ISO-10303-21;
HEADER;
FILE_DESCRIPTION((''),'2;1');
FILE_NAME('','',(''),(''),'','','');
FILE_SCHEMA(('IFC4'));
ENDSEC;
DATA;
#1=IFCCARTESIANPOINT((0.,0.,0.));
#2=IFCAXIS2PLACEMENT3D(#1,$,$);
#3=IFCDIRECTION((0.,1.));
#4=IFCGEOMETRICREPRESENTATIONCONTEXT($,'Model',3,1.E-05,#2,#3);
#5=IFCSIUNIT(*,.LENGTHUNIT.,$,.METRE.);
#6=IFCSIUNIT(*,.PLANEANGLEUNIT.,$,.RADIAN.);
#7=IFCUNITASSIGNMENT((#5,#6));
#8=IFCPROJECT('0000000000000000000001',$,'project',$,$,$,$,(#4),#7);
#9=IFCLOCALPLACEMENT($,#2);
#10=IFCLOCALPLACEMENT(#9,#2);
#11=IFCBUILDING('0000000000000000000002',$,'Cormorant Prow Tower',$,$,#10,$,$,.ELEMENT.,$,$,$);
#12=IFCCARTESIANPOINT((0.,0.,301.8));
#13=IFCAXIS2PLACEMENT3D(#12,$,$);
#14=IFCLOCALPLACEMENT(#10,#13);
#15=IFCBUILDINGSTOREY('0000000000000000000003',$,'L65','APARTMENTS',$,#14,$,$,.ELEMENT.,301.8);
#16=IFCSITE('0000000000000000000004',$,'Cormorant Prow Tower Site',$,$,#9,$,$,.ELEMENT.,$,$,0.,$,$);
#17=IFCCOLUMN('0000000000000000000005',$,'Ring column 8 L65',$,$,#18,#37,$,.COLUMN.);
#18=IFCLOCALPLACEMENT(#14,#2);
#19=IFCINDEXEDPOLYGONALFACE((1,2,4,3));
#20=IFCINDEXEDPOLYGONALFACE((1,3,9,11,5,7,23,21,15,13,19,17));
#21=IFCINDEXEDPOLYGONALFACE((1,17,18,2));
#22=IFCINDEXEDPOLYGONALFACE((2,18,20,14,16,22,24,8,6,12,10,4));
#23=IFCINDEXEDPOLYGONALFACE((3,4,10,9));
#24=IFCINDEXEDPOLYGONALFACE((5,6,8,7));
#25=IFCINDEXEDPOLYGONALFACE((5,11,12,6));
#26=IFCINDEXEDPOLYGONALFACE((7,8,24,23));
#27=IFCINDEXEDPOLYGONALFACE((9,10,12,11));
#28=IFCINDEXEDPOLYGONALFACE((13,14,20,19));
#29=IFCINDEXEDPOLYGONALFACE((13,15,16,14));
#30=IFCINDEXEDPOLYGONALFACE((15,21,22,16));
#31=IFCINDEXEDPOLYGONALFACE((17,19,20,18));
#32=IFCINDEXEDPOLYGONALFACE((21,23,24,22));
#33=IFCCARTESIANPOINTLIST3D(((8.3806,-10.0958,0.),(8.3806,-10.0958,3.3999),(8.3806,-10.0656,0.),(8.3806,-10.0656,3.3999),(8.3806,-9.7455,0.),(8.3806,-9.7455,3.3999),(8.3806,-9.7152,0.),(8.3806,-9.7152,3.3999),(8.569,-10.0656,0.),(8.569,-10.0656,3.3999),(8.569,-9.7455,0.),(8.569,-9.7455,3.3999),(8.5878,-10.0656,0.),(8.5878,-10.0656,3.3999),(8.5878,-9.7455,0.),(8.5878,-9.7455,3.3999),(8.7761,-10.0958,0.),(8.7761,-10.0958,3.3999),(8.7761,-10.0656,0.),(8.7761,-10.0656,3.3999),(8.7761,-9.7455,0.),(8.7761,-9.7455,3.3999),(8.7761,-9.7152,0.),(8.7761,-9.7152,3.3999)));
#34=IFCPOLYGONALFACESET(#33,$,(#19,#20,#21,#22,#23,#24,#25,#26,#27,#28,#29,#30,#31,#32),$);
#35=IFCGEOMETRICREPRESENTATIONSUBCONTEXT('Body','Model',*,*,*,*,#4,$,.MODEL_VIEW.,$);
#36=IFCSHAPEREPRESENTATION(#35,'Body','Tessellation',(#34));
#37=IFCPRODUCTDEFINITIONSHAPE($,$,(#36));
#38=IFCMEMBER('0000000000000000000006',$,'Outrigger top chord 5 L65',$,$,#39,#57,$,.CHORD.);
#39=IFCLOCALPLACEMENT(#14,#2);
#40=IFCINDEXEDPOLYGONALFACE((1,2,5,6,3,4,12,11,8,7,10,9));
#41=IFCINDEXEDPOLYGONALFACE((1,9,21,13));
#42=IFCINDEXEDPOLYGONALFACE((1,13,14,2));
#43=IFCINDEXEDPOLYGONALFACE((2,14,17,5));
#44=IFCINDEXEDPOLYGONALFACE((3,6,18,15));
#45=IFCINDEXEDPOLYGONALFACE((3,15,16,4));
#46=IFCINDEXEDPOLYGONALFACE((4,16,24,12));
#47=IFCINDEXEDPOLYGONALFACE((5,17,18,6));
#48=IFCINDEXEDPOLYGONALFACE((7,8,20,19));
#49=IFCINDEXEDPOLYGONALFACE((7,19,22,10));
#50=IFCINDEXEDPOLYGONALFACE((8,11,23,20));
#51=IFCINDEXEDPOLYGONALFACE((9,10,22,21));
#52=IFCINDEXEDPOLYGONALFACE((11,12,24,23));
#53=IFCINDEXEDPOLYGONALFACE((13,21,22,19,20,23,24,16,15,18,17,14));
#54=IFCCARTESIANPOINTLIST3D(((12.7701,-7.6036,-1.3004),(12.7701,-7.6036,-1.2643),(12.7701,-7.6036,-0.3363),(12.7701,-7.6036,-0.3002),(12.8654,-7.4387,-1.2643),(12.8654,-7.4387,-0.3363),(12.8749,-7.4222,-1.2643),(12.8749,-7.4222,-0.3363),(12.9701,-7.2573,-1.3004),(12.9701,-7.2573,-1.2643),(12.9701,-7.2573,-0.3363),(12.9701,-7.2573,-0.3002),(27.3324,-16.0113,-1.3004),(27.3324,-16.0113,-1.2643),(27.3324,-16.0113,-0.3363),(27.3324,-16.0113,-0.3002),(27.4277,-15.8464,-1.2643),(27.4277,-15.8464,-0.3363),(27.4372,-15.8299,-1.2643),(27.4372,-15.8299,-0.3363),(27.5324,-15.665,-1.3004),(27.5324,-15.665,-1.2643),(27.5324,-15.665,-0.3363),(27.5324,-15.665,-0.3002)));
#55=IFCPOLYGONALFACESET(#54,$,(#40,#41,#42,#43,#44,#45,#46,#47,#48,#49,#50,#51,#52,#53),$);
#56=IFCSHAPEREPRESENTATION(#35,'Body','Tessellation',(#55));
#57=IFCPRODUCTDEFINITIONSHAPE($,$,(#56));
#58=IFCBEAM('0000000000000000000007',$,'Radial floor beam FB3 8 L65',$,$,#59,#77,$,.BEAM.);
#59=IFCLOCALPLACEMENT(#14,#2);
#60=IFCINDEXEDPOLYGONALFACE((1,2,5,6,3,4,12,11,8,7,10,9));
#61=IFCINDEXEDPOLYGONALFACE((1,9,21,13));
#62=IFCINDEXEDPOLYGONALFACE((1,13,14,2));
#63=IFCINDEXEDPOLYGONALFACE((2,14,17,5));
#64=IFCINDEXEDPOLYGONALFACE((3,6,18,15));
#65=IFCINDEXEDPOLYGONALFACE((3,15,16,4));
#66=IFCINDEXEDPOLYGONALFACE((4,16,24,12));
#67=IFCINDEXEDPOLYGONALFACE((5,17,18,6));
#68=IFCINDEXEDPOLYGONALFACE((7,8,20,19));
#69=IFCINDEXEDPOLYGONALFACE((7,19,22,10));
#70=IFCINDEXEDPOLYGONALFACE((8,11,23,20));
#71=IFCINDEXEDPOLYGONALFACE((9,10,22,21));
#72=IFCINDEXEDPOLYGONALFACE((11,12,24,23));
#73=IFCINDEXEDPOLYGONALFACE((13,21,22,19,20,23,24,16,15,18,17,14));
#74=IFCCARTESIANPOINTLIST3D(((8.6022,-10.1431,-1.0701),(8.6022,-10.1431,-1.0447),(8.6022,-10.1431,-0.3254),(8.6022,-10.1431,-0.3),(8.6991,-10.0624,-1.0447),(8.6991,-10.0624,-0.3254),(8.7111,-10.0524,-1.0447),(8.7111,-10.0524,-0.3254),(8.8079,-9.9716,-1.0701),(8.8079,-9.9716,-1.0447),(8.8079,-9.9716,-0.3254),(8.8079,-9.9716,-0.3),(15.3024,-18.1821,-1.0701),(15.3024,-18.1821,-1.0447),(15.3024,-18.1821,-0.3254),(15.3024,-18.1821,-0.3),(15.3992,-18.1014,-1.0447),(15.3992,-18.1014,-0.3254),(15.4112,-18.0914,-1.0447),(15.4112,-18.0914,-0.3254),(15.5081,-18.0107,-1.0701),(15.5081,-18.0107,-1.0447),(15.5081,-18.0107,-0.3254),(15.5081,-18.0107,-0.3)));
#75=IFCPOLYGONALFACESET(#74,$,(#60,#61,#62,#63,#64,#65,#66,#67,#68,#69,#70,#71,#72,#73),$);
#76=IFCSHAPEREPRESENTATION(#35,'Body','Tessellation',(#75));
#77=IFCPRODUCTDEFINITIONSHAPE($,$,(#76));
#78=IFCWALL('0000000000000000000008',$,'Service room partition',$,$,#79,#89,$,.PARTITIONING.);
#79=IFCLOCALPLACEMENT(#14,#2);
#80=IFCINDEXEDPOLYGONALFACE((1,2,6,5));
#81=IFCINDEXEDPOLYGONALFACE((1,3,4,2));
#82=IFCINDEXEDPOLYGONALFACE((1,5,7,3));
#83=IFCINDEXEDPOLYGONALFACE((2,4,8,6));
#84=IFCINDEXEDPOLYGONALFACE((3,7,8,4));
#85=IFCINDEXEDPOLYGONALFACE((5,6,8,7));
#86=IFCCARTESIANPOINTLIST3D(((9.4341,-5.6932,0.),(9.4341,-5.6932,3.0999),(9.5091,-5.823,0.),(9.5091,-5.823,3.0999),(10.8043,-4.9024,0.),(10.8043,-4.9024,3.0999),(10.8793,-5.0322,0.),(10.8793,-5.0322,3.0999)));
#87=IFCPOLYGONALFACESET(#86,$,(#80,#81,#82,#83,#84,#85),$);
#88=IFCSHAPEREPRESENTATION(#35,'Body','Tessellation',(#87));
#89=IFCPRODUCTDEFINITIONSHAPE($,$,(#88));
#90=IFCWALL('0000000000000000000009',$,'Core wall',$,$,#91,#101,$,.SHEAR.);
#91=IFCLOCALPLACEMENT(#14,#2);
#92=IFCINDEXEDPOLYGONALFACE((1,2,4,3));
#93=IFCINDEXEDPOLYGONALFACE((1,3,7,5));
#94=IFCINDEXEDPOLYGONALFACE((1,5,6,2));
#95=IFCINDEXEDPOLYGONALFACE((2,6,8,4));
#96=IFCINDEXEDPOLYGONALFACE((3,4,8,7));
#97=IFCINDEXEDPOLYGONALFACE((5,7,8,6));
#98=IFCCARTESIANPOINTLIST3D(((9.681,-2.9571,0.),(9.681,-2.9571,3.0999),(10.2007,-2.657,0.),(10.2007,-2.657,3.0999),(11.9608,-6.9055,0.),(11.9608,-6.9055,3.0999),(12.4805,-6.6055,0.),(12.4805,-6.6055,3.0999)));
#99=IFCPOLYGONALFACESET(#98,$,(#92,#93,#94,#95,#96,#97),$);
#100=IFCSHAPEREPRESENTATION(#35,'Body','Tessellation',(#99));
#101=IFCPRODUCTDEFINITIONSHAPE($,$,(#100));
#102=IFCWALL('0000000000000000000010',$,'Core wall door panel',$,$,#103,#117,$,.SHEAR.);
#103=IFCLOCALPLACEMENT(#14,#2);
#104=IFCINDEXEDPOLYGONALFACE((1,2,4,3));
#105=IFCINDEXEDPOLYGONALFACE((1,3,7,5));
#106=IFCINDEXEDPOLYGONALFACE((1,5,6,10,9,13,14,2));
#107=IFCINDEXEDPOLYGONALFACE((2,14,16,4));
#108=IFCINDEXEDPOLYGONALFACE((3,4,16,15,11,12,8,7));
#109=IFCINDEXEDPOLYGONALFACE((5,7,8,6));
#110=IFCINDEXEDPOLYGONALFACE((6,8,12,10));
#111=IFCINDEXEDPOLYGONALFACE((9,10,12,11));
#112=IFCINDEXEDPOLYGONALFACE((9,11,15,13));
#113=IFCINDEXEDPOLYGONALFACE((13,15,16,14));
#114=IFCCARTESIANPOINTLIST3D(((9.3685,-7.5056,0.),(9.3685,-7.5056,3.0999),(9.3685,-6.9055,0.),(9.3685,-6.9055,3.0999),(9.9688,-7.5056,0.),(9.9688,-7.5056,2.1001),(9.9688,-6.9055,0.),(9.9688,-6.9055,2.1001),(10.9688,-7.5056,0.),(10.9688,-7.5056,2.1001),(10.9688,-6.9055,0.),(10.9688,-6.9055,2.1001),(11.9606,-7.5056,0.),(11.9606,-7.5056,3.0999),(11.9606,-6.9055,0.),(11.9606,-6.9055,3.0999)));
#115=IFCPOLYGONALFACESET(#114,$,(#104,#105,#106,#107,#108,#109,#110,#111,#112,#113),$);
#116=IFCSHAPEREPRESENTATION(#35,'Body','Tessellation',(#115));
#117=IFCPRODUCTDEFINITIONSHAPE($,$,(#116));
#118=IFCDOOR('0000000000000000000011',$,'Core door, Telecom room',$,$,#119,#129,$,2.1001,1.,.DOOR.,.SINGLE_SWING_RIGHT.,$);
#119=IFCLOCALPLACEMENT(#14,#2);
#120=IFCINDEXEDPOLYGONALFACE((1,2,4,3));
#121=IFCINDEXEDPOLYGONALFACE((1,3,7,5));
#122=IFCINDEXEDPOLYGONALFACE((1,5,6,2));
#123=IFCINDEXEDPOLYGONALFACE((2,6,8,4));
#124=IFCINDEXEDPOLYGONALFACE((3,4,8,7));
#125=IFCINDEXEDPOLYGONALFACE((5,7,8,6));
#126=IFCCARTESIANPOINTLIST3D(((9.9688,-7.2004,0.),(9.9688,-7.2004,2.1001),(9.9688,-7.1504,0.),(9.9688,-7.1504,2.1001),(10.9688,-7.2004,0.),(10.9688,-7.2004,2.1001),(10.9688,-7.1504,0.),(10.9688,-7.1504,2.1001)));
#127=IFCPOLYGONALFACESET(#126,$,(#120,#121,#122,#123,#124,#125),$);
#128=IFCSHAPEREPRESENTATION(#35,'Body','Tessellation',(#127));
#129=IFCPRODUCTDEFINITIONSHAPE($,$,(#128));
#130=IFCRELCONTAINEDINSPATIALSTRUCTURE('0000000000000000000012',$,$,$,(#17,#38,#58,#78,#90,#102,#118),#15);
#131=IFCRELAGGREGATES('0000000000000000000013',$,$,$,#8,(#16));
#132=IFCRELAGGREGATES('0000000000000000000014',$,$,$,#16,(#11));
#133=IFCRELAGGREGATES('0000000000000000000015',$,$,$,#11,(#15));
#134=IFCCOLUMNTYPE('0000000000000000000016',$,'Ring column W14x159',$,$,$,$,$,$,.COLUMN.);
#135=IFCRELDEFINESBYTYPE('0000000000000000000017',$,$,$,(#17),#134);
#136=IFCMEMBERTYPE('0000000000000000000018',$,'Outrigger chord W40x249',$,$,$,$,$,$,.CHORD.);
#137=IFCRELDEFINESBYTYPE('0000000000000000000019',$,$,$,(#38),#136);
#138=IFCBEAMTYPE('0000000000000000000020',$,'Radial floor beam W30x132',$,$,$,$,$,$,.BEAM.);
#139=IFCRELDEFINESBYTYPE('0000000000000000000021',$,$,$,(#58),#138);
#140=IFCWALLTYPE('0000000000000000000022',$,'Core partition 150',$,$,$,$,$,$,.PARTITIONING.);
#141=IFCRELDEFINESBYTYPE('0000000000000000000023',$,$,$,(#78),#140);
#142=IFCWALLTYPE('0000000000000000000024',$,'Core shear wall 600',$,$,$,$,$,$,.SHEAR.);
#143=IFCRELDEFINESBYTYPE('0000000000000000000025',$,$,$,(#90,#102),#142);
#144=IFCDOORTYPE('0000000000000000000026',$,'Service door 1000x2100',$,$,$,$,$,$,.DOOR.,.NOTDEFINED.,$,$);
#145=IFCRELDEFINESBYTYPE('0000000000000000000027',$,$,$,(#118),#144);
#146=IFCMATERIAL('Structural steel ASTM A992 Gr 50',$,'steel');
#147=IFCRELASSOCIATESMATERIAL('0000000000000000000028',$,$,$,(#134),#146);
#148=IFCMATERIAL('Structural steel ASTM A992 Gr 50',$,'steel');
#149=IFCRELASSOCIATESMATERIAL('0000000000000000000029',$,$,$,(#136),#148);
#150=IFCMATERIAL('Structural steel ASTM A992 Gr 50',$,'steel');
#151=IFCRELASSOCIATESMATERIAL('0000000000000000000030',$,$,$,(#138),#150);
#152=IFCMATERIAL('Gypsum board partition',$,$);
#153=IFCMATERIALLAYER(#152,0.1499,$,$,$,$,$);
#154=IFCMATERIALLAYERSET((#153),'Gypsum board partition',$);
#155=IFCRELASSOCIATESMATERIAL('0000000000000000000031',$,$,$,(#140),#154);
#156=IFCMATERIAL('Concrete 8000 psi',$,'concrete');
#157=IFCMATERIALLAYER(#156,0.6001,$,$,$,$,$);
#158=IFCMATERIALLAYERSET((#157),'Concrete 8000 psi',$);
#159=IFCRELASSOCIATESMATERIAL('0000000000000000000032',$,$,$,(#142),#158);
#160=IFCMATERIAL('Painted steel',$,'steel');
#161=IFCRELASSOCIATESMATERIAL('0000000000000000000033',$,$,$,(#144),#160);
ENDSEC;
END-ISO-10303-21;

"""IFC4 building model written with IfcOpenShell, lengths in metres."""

from ifc_helpers import new_model, si_unit, direction, frame, frame_2d, origin, origin_2d, place, context, subcontext, project, spatial, rectangle, i_section, extrude, material, layer, layer_set, material_profile, profile_set, type_object, element, fill, save


model = new_model("IFC4")

# Units and contexts
model_context = context("Model", 3, precision=1e-05, world=origin(), true_north=direction((0.0, 1.0)))
body_context = subcontext(model_context, "Body", "Model", "MODEL_VIEW")
ifc_project = project(units=[si_unit("LENGTHUNIT", "METRE"), si_unit("PLANEANGLEUNIT", "RADIAN")], contexts=[model_context])

# Site, building, storey
site_placement = place(None, origin())
site = spatial("IfcSite", under=ifc_project, at=site_placement, Name="Cormorant Prow Tower Site", CompositionType="ELEMENT", RefElevation=0.0)
building_placement = place(site_placement, origin())
building = spatial("IfcBuilding", under=site, at=building_placement, Name="Cormorant Prow Tower", CompositionType="ELEMENT")
storey_placement = place(building_placement, frame((0.0, 0.0, 301.8)))
storey = spatial("IfcBuildingStorey", under=building, at=storey_placement, Name="L65", Description="APARTMENTS", CompositionType="ELEMENT", Elevation=301.8)

# Column
ifc_material_1 = material(Name="Structural steel ASTM A992 Gr 50", Category="steel")
ifc_material_profile_1 = material_profile(ifc_material_1, i_section(OverallWidth=0.3955, OverallDepth=0.3806, WebThickness=0.0188, FlangeThickness=0.0303, at=origin_2d()), Name="W14x159")
ifc_profile_set_1 = profile_set([ifc_material_profile_1], Name="Structural steel ASTM A992 Gr 50")
column_type = type_object("IfcColumnType", Name="Ring column W14x159", PredefinedType="COLUMN", material=ifc_profile_set_1)
column_placement = place(storey_placement, frame((8.5784, -9.9055, 0.0), z_axis=(0.0, 0.0, 1.0), x_axis=(1.0, 0.0, 0.0)))
element("IfcColumn", 1, at=column_placement, inside=storey, type_object=column_type, Name="Ring column 8 L65", PredefinedType="COLUMN", context=body_context, shape_type="SweptSolid", body=[
    extrude(i_section(OverallWidth=0.3955, OverallDepth=0.3806, WebThickness=0.0188, FlangeThickness=0.0303, at=origin_2d()), origin(), (0.0, 0.0, 1.0), 3.3999),
])

# Member
ifc_material_2 = material(Name="Structural steel ASTM A992 Gr 50", Category="steel")
ifc_material_profile_2 = material_profile(ifc_material_2, i_section(OverallWidth=0.3999, OverallDepth=1.0002, WebThickness=0.019, FlangeThickness=0.0361, at=origin_2d()), Name="W40x249")
ifc_profile_set_2 = profile_set([ifc_material_profile_2], Name="Structural steel ASTM A992 Gr 50")
member_type = type_object("IfcMemberType", Name="Outrigger chord W40x249", PredefinedType="CHORD", material=ifc_profile_set_2)
member_placement = place(storey_placement, frame((12.8701, -7.4304, -0.8003), z_axis=(0.86602, -0.500009, 0.0), x_axis=(0.500009, 0.86602, 0.0)))
element("IfcMember", 2, at=member_placement, inside=storey, type_object=member_type, Name="Outrigger top chord 5 L65", PredefinedType="CHORD", context=body_context, shape_type="SweptSolid", body=[
    extrude(i_section(OverallWidth=0.3999, OverallDepth=1.0002, WebThickness=0.019, FlangeThickness=0.0361, at=origin_2d()), origin(), (0.0, 0.0, 1.0), 16.8152),
])

# Beam
ifc_material_3 = material(Name="Structural steel ASTM A992 Gr 50", Category="steel")
ifc_material_profile_3 = material_profile(ifc_material_3, i_section(OverallWidth=0.2678, OverallDepth=0.77, WebThickness=0.0156, FlangeThickness=0.0254, at=origin_2d()), Name="W30x132")
ifc_profile_set_3 = profile_set([ifc_material_profile_3], Name="Structural steel ASTM A992 Gr 50")
beam_type = type_object("IfcBeamType", Name="Radial floor beam W30x132", PredefinedType="BEAM", material=ifc_profile_set_3)
beam_placement = place(storey_placement, frame((8.7051, -10.0574, -0.6851), z_axis=(0.640239, -0.768175, 0.0), x_axis=(0.768175, 0.640239, 0.0)))
element("IfcBeam", 3, at=beam_placement, inside=storey, type_object=beam_type, Name="Radial floor beam FB3 8 L65", PredefinedType="BEAM", context=body_context, shape_type="SweptSolid", body=[
    extrude(i_section(OverallWidth=0.2678, OverallDepth=0.77, WebThickness=0.0156, FlangeThickness=0.0254, at=origin_2d()), origin(), (0.0, 0.0, 1.0), 10.4651),
])

# Walls
ifc_material_4 = material(Name="Gypsum board partition")
ifc_layer_1 = layer(ifc_material_4, 0.1499)
ifc_layer_set_1 = layer_set([ifc_layer_1], Name="Gypsum board partition")
wall_type_1 = type_object("IfcWallType", Name="Core partition 150", PredefinedType="PARTITIONING", material=ifc_layer_set_1)
wall_1_placement = place(storey_placement, frame((10.8418, -4.9673, 0.0), z_axis=(0.0, 0.0, 1.0), x_axis=(-0.866098, -0.499874, 0.0)))
element("IfcWall", 4, at=wall_1_placement, inside=storey, type_object=wall_type_1, Name="Service room partition", PredefinedType="PARTITIONING", context=body_context, shape_type="SweptSolid", body=[
    extrude(rectangle(XDim=1.582, YDim=0.1499, at=frame_2d((0.791, 0.0))), origin(), (0.0, 0.0, 1.0), 3.0999),
])
ifc_material_5 = material(Name="Concrete 8000 psi", Category="concrete")
ifc_layer_2 = layer(ifc_material_5, 0.6001)
ifc_layer_set_2 = layer_set([ifc_layer_2], Name="Concrete 8000 psi")
wall_type_2 = type_object("IfcWallType", Name="Core shear wall 600", PredefinedType="SHEAR", material=ifc_layer_set_2)
wall_2_placement = place(storey_placement, frame((12.2207, -6.7556, 0.0), z_axis=(0.0, 0.0, 1.0), x_axis=(-0.500021, 0.866013, 0.0)))
element("IfcWall", 5, at=wall_2_placement, inside=storey, type_object=wall_type_2, Name="Core wall", PredefinedType="SHEAR", context=body_context, shape_type="SweptSolid", body=[
    extrude(rectangle(XDim=4.5593, YDim=0.6001, at=frame_2d((2.2798, 0.0))), origin(), (0.0, 0.0, 1.0), 3.0999),
])

# Wall, opening, door
wall_3_placement = place(storey_placement, frame((9.3687, -7.2056, 0.0), z_axis=(0.0, 0.0, 1.0), x_axis=(1.0, 0.0, 0.0)))
wall_3 = element("IfcWall", 6, at=wall_3_placement, inside=storey, type_object=wall_type_2, Name="Core wall door panel", PredefinedType="SHEAR", context=body_context, shape_type="SweptSolid", body=[
    extrude(rectangle(XDim=2.592, YDim=0.6001, at=frame_2d((1.2959, 0.0))), origin(), (0.0, 0.0, 1.0), 3.0999),
])
opening_1_placement = place(wall_3_placement, frame((0.6001, 0.0, 0.0)))
opening_1 = element("IfcOpeningElement", 7, at=opening_1_placement, cuts=wall_3, PredefinedType="OPENING", context=body_context, shape_type="SweptSolid", body=[
    extrude(rectangle(XDim=1.0, YDim=2.1001, at=frame_2d((0.5, 1.05))), frame((0.0, 0.3101, 0.0), z_axis=(0.0, -1.0, 0.0), x_axis=(1.0, 0.0, 0.0)), (0.0, 0.0, 1.0), 0.6201),
])
ifc_material_6 = material(Name="Painted steel", Category="steel")
door_type_1 = type_object("IfcDoorType", Name="Service door 1000x2100", OperationType="NOTDEFINED", PredefinedType="DOOR", material=ifc_material_6)
door_1_placement = place(opening_1_placement, origin())
door_1 = element("IfcDoor", 8, at=door_1_placement, inside=storey, type_object=door_type_1, Name="Core door, Telecom room", OperationType="SINGLE_SWING_RIGHT", OverallHeight=2.1001, OverallWidth=1.0, PredefinedType="DOOR", context=body_context, shape_type="SweptSolid", body=[
    extrude(rectangle(XDim=1.0, YDim=2.1001, at=frame_2d((0.5, 1.05))), frame((0.0, 0.0552, 0.0), z_axis=(0.0, -1.0, 0.0), x_axis=(1.0, 0.0, 0.0)), (0.0, 0.0, 1.0), 0.05),
])
fill(opening_1, door_1)

save(model, "model.ifc")
